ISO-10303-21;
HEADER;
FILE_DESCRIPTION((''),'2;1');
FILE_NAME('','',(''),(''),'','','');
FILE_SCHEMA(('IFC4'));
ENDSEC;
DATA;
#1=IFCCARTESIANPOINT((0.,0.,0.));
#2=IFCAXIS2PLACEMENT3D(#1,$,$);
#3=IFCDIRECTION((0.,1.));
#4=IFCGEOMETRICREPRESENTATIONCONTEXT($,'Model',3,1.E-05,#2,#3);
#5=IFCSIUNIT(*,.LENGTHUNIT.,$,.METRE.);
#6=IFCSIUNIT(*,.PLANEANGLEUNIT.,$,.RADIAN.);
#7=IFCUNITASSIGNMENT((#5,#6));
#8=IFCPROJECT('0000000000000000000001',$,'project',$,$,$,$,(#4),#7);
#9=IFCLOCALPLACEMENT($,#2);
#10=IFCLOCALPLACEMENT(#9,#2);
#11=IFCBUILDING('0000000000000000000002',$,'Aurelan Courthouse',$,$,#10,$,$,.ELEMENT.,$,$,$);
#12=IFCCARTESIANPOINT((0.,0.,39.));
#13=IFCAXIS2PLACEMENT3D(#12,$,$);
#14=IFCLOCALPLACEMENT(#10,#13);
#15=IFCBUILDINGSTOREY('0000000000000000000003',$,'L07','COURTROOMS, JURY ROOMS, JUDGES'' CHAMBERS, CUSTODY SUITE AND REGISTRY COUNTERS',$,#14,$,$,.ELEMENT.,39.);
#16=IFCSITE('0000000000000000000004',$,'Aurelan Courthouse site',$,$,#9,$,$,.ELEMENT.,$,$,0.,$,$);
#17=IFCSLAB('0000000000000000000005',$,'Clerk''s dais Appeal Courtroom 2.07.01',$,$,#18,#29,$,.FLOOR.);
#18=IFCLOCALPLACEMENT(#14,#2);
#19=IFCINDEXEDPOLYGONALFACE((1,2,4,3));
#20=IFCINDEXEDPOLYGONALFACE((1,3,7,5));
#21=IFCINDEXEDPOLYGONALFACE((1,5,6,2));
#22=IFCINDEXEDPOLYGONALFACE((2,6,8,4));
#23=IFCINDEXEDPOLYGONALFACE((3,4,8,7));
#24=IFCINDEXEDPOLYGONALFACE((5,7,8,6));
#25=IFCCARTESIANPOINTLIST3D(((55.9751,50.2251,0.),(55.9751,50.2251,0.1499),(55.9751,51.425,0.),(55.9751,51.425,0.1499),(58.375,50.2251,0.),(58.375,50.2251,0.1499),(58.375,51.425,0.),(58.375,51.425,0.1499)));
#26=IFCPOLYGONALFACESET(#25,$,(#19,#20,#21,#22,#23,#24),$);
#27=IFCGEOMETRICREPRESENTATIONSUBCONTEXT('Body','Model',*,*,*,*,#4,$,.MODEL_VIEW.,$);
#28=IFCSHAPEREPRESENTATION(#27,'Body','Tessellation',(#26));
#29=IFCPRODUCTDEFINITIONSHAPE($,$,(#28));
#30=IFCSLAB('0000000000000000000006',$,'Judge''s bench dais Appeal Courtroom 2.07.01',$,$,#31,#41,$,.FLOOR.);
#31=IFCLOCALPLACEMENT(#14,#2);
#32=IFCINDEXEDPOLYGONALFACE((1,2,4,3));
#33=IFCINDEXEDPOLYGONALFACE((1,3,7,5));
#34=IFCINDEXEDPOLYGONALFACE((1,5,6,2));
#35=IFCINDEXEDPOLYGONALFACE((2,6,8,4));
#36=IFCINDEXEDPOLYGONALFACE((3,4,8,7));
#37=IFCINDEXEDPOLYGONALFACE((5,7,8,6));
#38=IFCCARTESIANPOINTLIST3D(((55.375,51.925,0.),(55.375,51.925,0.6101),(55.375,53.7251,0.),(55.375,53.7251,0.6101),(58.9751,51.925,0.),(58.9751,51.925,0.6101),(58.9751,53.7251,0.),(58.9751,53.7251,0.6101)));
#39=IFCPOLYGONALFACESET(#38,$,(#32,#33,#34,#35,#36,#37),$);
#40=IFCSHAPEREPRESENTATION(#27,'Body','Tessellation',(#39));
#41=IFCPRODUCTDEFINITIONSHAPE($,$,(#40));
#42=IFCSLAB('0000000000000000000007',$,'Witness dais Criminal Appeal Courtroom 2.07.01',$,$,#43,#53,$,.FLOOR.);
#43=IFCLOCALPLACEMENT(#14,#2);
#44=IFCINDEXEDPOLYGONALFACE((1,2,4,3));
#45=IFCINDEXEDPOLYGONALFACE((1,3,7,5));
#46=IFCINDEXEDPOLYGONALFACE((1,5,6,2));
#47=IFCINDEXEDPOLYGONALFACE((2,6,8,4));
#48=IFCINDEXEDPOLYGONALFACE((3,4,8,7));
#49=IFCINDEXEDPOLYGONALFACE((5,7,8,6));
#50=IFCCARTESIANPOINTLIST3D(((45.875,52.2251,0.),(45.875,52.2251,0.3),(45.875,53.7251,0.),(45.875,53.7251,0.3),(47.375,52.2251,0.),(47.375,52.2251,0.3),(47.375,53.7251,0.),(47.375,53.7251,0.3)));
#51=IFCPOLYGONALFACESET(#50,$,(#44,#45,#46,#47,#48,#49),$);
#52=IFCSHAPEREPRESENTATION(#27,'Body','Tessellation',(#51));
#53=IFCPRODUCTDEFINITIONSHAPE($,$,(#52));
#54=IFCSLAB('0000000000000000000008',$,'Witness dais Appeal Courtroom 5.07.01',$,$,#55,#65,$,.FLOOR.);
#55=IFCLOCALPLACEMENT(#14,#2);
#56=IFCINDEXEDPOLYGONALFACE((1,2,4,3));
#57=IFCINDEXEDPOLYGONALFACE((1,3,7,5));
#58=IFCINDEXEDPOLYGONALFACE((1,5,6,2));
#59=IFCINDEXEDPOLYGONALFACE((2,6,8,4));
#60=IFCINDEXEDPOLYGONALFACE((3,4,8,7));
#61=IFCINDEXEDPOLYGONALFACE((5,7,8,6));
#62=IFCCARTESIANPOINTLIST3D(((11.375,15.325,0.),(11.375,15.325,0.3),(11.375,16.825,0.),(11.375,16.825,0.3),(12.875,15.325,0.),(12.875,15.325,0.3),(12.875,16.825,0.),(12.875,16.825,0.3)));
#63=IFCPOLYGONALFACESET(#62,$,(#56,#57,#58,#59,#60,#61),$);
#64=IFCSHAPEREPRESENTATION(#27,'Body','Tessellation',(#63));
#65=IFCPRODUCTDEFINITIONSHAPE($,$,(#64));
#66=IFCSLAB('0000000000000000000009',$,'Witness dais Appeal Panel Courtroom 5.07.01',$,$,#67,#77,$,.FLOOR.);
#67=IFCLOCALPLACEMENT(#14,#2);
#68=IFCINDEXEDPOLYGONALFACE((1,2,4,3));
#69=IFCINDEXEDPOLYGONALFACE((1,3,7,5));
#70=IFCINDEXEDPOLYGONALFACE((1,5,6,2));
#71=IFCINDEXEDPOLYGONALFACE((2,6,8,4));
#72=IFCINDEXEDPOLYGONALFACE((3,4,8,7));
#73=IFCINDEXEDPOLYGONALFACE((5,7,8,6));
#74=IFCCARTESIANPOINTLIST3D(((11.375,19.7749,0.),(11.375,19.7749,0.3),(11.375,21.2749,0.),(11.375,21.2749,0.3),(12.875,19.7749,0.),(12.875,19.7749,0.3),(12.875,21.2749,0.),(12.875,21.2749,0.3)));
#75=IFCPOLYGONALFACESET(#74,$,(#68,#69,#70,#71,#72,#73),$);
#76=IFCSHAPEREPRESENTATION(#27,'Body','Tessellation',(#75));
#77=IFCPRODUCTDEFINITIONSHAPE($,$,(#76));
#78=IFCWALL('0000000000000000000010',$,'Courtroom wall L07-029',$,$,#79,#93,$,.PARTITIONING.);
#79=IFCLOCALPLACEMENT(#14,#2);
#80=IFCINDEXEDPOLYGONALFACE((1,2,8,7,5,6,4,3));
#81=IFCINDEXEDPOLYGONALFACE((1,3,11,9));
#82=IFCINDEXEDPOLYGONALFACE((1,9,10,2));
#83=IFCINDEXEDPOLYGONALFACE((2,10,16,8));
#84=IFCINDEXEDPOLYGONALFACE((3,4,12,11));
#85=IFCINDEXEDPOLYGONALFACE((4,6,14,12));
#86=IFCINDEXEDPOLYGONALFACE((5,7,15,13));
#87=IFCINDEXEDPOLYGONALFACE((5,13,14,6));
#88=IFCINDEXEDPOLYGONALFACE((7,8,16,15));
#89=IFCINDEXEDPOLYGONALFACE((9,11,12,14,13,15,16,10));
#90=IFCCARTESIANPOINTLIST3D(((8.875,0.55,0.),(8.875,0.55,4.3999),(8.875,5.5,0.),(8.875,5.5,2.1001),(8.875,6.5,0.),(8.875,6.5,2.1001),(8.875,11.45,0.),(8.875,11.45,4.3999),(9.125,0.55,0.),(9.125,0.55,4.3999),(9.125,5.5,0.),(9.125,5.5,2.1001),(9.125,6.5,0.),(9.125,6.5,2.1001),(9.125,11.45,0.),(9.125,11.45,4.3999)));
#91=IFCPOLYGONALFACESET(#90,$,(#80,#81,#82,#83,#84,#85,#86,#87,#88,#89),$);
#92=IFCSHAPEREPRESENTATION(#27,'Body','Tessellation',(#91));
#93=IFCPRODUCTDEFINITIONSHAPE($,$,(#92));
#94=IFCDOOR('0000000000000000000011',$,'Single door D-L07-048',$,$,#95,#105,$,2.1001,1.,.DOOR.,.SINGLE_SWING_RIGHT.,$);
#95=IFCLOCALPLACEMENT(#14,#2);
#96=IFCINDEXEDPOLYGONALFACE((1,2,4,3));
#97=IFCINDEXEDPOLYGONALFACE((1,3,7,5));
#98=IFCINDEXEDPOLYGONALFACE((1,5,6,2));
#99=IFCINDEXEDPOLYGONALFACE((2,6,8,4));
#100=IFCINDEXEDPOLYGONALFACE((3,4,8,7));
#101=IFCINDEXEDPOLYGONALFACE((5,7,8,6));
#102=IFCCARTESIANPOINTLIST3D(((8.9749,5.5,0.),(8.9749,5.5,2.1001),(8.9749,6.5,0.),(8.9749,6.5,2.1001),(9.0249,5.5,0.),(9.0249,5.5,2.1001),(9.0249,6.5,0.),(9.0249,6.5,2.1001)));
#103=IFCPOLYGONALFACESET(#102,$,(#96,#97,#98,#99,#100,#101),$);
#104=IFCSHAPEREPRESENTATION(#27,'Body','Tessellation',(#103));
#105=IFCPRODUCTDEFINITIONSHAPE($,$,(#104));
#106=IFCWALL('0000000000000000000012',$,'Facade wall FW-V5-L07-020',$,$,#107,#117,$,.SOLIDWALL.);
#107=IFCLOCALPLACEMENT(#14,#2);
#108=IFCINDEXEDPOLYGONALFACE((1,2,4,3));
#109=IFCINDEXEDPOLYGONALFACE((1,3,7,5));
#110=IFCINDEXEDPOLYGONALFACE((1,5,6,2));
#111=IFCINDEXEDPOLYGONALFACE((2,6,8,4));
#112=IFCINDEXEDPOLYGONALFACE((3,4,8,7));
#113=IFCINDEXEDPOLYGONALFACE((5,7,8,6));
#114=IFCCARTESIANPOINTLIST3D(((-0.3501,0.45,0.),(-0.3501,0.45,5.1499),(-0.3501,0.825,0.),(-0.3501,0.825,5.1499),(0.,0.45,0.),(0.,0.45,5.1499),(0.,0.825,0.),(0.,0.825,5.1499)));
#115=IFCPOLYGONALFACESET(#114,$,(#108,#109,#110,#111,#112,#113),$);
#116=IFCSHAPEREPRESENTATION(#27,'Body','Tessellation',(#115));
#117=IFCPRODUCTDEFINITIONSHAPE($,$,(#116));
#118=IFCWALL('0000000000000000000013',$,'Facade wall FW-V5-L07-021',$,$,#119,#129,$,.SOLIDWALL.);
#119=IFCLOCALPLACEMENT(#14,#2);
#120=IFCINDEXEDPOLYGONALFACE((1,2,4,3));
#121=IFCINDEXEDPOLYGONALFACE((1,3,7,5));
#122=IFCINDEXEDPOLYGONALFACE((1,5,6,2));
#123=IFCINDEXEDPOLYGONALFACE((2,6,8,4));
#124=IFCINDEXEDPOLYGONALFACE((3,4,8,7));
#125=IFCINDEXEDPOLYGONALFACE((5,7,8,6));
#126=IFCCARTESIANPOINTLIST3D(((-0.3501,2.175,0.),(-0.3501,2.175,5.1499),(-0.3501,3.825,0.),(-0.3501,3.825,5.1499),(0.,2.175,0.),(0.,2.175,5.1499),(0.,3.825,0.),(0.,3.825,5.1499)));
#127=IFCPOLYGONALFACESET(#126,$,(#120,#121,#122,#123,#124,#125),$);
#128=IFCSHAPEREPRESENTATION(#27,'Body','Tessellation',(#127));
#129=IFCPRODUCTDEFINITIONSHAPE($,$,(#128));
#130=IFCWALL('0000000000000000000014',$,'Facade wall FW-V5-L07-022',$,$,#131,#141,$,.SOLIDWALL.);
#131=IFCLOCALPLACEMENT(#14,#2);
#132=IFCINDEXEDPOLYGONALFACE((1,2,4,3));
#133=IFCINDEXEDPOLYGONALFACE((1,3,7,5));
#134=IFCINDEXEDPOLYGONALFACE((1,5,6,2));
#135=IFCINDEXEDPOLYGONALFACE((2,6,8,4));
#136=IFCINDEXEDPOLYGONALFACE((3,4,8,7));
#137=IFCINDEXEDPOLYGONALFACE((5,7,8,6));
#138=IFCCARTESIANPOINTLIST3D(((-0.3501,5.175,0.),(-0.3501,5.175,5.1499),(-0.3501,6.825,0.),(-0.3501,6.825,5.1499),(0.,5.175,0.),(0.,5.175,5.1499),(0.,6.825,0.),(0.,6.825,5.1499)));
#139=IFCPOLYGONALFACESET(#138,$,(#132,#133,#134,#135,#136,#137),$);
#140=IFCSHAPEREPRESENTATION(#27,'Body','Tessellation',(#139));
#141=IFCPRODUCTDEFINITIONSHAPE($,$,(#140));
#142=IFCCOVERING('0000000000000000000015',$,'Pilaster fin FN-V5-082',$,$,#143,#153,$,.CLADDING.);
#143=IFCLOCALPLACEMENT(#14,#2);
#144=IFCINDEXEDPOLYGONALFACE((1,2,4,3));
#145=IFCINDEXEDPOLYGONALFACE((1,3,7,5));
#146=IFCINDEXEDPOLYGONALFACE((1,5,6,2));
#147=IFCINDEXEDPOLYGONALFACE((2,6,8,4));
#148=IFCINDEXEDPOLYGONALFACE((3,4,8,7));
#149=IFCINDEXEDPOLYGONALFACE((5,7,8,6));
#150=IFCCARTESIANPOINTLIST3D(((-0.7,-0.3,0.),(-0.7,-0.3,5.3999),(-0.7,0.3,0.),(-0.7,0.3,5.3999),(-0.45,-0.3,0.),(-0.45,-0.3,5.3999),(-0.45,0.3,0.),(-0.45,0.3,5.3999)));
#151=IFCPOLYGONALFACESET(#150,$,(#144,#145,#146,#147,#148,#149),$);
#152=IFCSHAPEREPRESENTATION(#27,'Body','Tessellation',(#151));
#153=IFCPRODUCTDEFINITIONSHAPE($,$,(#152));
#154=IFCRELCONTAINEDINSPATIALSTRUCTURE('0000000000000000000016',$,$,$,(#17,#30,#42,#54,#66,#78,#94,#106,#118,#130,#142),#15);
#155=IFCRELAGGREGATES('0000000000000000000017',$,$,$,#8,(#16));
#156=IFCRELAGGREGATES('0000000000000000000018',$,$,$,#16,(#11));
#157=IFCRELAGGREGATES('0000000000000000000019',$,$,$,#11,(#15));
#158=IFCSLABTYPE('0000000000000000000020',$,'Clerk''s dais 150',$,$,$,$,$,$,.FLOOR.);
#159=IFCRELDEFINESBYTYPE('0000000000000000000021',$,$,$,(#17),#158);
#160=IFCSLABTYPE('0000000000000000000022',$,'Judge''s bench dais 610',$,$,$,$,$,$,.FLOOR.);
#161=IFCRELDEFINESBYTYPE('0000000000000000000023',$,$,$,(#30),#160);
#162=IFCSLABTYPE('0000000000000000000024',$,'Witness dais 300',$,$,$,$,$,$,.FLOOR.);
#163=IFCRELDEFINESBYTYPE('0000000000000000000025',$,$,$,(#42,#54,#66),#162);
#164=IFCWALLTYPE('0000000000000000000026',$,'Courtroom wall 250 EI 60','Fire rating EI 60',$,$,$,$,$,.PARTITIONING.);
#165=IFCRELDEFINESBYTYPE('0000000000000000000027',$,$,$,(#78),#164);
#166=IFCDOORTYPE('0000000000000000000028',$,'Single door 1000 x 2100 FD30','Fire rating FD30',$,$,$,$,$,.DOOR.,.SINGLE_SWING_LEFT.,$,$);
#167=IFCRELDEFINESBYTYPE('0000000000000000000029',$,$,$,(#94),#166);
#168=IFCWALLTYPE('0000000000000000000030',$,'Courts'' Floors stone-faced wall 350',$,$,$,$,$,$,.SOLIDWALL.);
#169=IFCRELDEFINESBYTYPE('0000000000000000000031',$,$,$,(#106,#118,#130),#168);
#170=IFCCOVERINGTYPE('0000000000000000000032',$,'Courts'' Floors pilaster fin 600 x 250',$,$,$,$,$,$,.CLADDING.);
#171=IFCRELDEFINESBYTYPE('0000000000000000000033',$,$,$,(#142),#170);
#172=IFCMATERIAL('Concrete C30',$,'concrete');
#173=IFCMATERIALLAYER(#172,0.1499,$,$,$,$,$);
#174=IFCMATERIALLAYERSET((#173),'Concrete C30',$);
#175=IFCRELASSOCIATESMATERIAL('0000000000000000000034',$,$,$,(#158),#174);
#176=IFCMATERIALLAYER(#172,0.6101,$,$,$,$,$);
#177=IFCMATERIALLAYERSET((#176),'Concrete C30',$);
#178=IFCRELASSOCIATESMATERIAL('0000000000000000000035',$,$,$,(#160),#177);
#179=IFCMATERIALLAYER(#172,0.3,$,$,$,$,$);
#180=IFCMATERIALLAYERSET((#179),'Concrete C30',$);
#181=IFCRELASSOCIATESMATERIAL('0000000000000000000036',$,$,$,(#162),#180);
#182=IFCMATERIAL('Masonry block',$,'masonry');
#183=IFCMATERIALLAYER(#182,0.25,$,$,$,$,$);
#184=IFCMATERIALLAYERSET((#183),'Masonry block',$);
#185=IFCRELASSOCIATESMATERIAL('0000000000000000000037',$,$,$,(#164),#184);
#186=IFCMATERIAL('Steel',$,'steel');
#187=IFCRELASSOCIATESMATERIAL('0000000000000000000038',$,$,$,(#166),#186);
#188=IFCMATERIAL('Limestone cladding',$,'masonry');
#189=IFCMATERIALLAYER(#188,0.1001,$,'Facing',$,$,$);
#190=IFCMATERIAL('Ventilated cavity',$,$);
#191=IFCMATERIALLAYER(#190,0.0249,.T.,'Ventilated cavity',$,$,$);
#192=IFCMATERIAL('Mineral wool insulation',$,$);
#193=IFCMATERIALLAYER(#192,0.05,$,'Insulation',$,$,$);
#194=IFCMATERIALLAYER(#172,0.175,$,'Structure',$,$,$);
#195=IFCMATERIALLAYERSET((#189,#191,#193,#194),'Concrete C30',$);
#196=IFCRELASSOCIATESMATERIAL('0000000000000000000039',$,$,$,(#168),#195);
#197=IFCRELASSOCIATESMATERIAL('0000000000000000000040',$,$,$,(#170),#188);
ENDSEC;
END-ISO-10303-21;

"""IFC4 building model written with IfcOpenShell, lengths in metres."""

from ifc_helpers import new_model, si_unit, direction, frame, frame_2d, origin, origin_2d, place, context, subcontext, project, spatial, polyline, rectangle, outline, extrude, material, layer, layer_set, type_object, element, fill, save


model = new_model("IFC4")

# Units and contexts
model_context = context("Model", 3, precision=1e-05, world=origin(), true_north=direction((0.0, 1.0)))
body_context = subcontext(model_context, "Body", "Model", "MODEL_VIEW")
ifc_project = project(units=[si_unit("LENGTHUNIT", "METRE"), si_unit("PLANEANGLEUNIT", "RADIAN")], contexts=[model_context])

# Site, building, storey
site_placement = place(None, origin())
site = spatial("IfcSite", under=ifc_project, at=site_placement, Name="Aurelan Courthouse site", CompositionType="ELEMENT", RefElevation=0.0)
building_placement = place(site_placement, origin())
building = spatial("IfcBuilding", under=site, at=building_placement, Name="Aurelan Courthouse", CompositionType="ELEMENT")
storey_placement = place(building_placement, frame((0.0, 0.0, 39.0)))
storey = spatial("IfcBuildingStorey", under=building, at=storey_placement, Name="L07", Description="COURTROOMS, JURY ROOMS, JUDGES' CHAMBERS, CUSTODY SUITE AND REGISTRY COUNTERS", CompositionType="ELEMENT", Elevation=39.0)

# Slabs
ifc_material_1 = material(Name="Concrete C30", Category="concrete")
ifc_layer_1 = layer(ifc_material_1, 0.1499)
ifc_layer_set_1 = layer_set([ifc_layer_1], Name="Concrete C30")
slab_type_1 = type_object("IfcSlabType", Name="Clerk's dais 150", PredefinedType="FLOOR", material=ifc_layer_set_1)
slab_1_placement = place(storey_placement, origin())
element("IfcSlab", 1, at=slab_1_placement, inside=storey, type_object=slab_type_1, Name="Clerk's dais Appeal Courtroom 2.07.01", PredefinedType="FLOOR", context=body_context, shape_type="SweptSolid", body=[
    extrude(outline(polyline([(55.9751, 50.2251), (58.375, 50.2251), (58.375, 51.425), (55.9751, 51.425), (55.9751, 50.2251)])), origin(), (0.0, 0.0, 1.0), 0.1499),
])
ifc_layer_2 = layer(ifc_material_1, 0.6101)
ifc_layer_set_2 = layer_set([ifc_layer_2], Name="Concrete C30")
slab_type_2 = type_object("IfcSlabType", Name="Judge's bench dais 610", PredefinedType="FLOOR", material=ifc_layer_set_2)
slab_2_placement = place(storey_placement, origin())
element("IfcSlab", 2, at=slab_2_placement, inside=storey, type_object=slab_type_2, Name="Judge's bench dais Appeal Courtroom 2.07.01", PredefinedType="FLOOR", context=body_context, shape_type="SweptSolid", body=[
    extrude(outline(polyline([(55.375, 51.925), (58.9751, 51.925), (58.9751, 53.7251), (55.375, 53.7251), (55.375, 51.925)])), origin(), (0.0, 0.0, 1.0), 0.6101),
])
ifc_layer_3 = layer(ifc_material_1, 0.3)
ifc_layer_set_3 = layer_set([ifc_layer_3], Name="Concrete C30")
slab_type_3 = type_object("IfcSlabType", Name="Witness dais 300", PredefinedType="FLOOR", material=ifc_layer_set_3)
slab_3_placement = place(storey_placement, origin())
element("IfcSlab", 3, at=slab_3_placement, inside=storey, type_object=slab_type_3, Name="Witness dais Criminal Appeal Courtroom 2.07.01", PredefinedType="FLOOR", context=body_context, shape_type="SweptSolid", body=[
    extrude(outline(polyline([(45.875, 52.2251), (47.375, 52.2251), (47.375, 53.7251), (45.875, 53.7251), (45.875, 52.2251)])), origin(), (0.0, 0.0, 1.0), 0.3),
])
slab_4_placement = place(storey_placement, origin())
element("IfcSlab", 4, at=slab_4_placement, inside=storey, type_object=slab_type_3, Name="Witness dais Appeal Courtroom 5.07.01", PredefinedType="FLOOR", context=body_context, shape_type="SweptSolid", body=[
    extrude(outline(polyline([(11.375, 15.325), (12.875, 15.325), (12.875, 16.825), (11.375, 16.825), (11.375, 15.325)])), origin(), (0.0, 0.0, 1.0), 0.3),
])
slab_5_placement = place(storey_placement, origin())
element("IfcSlab", 5, at=slab_5_placement, inside=storey, type_object=slab_type_3, Name="Witness dais Appeal Panel Courtroom 5.07.01", PredefinedType="FLOOR", context=body_context, shape_type="SweptSolid", body=[
    extrude(outline(polyline([(11.375, 19.7749), (12.875, 19.7749), (12.875, 21.2749), (11.375, 21.2749), (11.375, 19.7749)])), origin(), (0.0, 0.0, 1.0), 0.3),
])

# Wall, opening, door
ifc_material_2 = material(Name="Masonry block", Category="masonry")
ifc_layer_4 = layer(ifc_material_2, 0.25)
ifc_layer_set_4 = layer_set([ifc_layer_4], Name="Masonry block")
wall_type_1 = type_object("IfcWallType", Name="Courtroom wall 250 EI 60", Description="Fire rating EI 60", PredefinedType="PARTITIONING", material=ifc_layer_set_4)
wall_1_placement = place(storey_placement, frame((9.0, 0.55, 0.0), z_axis=(0.0, 0.0, 1.0), x_axis=(0.0, 1.0, 0.0)))
wall_1 = element("IfcWall", 6, at=wall_1_placement, inside=storey, type_object=wall_type_1, Name="Courtroom wall L07-029", PredefinedType="PARTITIONING", context=body_context, shape_type="SweptSolid", body=[
    extrude(rectangle(XDim=10.8999, YDim=0.25, at=frame_2d((5.45, 0.0))), origin(), (0.0, 0.0, 1.0), 4.3999),
])
opening_placement = place(wall_1_placement, frame((5.95, 0.0, 0.0), z_axis=(0.0, 0.0, 1.0), x_axis=(-1.0, 0.0, 0.0)))
opening = element("IfcOpeningElement", 7, at=opening_placement, cuts=wall_1, PredefinedType="OPENING", context=body_context, shape_type="SweptSolid", body=[
    extrude(rectangle(XDim=1.0, YDim=2.1001, at=frame_2d((0.5, 1.05))), frame((0.0, 0.135, 0.0), z_axis=(0.0, -1.0, 0.0), x_axis=(1.0, 0.0, 0.0)), (0.0, 0.0, 1.0), 0.27),
])
ifc_material_3 = material(Name="Steel", Category="steel")
door_type = type_object("IfcDoorType", Name="Single door 1000 x 2100 FD30", Description="Fire rating FD30", OperationType="SINGLE_SWING_LEFT", PredefinedType="DOOR", material=ifc_material_3)
door_placement = place(opening_placement, origin())
door = element("IfcDoor", 8, at=door_placement, inside=storey, type_object=door_type, Name="Single door D-L07-048", OperationType="SINGLE_SWING_RIGHT", OverallHeight=2.1001, OverallWidth=1.0, PredefinedType="DOOR", context=body_context, shape_type="SweptSolid", body=[
    extrude(rectangle(XDim=1.0, YDim=2.1001, at=frame_2d((0.5, 1.05))), frame((0.0, 0.0249, 0.0), z_axis=(0.0, -1.0, 0.0), x_axis=(1.0, 0.0, 0.0)), (0.0, 0.0, 1.0), 0.05),
])
fill(opening, door)

# Walls
ifc_material_4 = material(Name="Limestone cladding", Category="masonry")
ifc_layer_5 = layer(ifc_material_4, 0.1001, Name="Facing")
ifc_material_5 = material(Name="Ventilated cavity")
ifc_layer_6 = layer(ifc_material_5, 0.0249, ventilated=True, Name="Ventilated cavity")
ifc_material_6 = material(Name="Mineral wool insulation")
ifc_layer_7 = layer(ifc_material_6, 0.05, Name="Insulation")
ifc_layer_8 = layer(ifc_material_1, 0.175, Name="Structure")
ifc_layer_set_5 = layer_set([ifc_layer_5, ifc_layer_6, ifc_layer_7, ifc_layer_8], Name="Concrete C30")
wall_type_2 = type_object("IfcWallType", Name="Courts' Floors stone-faced wall 350", PredefinedType="SOLIDWALL", material=ifc_layer_set_5)
wall_2_placement = place(storey_placement, frame((-0.175, 0.45, 0.0), z_axis=(0.0, 0.0, 1.0), x_axis=(0.0, 1.0, 0.0)))
element("IfcWall", 9, at=wall_2_placement, inside=storey, type_object=wall_type_2, Name="Facade wall FW-V5-L07-020", PredefinedType="SOLIDWALL", context=body_context, shape_type="SweptSolid", body=[
    extrude(rectangle(XDim=0.375, YDim=0.3501, at=frame_2d((0.1875, 0.0))), origin(), (0.0, 0.0, 1.0), 5.1499),
])
for number, where, z_axis, x_axis, name in (
    (10, (-0.175, 2.175, 0.0), (0.0, 0.0, 1.0), (0.0, 1.0, 0.0), "Facade wall FW-V5-L07-021"),
    (11, (-0.175, 5.175, 0.0), (0.0, 0.0, 1.0), (0.0, 1.0, 0.0), "Facade wall FW-V5-L07-022"),
):
    element("IfcWall", number, at=place(storey_placement, frame(where, z_axis=z_axis, x_axis=x_axis)), inside=storey, type_object=wall_type_2, Name=name, PredefinedType="SOLIDWALL", context=body_context, shape_type="SweptSolid", body=[
        extrude(rectangle(XDim=1.6499, YDim=0.3501, at=frame_2d((0.825, 0.0))), origin(), (0.0, 0.0, 1.0), 5.1499),
    ])

# Covering
covering_type = type_object("IfcCoveringType", Name="Courts' Floors pilaster fin 600 x 250", PredefinedType="CLADDING", material=ifc_material_4)
covering_placement = place(storey_placement, frame((-0.575, 0.0, 0.0), z_axis=(0.0, 0.0, 1.0), x_axis=(1.0, 0.0, 0.0)))
element("IfcCovering", 12, at=covering_placement, inside=storey, type_object=covering_type, Name="Pilaster fin FN-V5-082", PredefinedType="CLADDING", context=body_context, shape_type="SweptSolid", body=[
    extrude(rectangle(XDim=0.25, YDim=0.6001, at=origin_2d()), origin(), (0.0, 0.0, 1.0), 5.3999),
])

save(model, "model.ifc")
